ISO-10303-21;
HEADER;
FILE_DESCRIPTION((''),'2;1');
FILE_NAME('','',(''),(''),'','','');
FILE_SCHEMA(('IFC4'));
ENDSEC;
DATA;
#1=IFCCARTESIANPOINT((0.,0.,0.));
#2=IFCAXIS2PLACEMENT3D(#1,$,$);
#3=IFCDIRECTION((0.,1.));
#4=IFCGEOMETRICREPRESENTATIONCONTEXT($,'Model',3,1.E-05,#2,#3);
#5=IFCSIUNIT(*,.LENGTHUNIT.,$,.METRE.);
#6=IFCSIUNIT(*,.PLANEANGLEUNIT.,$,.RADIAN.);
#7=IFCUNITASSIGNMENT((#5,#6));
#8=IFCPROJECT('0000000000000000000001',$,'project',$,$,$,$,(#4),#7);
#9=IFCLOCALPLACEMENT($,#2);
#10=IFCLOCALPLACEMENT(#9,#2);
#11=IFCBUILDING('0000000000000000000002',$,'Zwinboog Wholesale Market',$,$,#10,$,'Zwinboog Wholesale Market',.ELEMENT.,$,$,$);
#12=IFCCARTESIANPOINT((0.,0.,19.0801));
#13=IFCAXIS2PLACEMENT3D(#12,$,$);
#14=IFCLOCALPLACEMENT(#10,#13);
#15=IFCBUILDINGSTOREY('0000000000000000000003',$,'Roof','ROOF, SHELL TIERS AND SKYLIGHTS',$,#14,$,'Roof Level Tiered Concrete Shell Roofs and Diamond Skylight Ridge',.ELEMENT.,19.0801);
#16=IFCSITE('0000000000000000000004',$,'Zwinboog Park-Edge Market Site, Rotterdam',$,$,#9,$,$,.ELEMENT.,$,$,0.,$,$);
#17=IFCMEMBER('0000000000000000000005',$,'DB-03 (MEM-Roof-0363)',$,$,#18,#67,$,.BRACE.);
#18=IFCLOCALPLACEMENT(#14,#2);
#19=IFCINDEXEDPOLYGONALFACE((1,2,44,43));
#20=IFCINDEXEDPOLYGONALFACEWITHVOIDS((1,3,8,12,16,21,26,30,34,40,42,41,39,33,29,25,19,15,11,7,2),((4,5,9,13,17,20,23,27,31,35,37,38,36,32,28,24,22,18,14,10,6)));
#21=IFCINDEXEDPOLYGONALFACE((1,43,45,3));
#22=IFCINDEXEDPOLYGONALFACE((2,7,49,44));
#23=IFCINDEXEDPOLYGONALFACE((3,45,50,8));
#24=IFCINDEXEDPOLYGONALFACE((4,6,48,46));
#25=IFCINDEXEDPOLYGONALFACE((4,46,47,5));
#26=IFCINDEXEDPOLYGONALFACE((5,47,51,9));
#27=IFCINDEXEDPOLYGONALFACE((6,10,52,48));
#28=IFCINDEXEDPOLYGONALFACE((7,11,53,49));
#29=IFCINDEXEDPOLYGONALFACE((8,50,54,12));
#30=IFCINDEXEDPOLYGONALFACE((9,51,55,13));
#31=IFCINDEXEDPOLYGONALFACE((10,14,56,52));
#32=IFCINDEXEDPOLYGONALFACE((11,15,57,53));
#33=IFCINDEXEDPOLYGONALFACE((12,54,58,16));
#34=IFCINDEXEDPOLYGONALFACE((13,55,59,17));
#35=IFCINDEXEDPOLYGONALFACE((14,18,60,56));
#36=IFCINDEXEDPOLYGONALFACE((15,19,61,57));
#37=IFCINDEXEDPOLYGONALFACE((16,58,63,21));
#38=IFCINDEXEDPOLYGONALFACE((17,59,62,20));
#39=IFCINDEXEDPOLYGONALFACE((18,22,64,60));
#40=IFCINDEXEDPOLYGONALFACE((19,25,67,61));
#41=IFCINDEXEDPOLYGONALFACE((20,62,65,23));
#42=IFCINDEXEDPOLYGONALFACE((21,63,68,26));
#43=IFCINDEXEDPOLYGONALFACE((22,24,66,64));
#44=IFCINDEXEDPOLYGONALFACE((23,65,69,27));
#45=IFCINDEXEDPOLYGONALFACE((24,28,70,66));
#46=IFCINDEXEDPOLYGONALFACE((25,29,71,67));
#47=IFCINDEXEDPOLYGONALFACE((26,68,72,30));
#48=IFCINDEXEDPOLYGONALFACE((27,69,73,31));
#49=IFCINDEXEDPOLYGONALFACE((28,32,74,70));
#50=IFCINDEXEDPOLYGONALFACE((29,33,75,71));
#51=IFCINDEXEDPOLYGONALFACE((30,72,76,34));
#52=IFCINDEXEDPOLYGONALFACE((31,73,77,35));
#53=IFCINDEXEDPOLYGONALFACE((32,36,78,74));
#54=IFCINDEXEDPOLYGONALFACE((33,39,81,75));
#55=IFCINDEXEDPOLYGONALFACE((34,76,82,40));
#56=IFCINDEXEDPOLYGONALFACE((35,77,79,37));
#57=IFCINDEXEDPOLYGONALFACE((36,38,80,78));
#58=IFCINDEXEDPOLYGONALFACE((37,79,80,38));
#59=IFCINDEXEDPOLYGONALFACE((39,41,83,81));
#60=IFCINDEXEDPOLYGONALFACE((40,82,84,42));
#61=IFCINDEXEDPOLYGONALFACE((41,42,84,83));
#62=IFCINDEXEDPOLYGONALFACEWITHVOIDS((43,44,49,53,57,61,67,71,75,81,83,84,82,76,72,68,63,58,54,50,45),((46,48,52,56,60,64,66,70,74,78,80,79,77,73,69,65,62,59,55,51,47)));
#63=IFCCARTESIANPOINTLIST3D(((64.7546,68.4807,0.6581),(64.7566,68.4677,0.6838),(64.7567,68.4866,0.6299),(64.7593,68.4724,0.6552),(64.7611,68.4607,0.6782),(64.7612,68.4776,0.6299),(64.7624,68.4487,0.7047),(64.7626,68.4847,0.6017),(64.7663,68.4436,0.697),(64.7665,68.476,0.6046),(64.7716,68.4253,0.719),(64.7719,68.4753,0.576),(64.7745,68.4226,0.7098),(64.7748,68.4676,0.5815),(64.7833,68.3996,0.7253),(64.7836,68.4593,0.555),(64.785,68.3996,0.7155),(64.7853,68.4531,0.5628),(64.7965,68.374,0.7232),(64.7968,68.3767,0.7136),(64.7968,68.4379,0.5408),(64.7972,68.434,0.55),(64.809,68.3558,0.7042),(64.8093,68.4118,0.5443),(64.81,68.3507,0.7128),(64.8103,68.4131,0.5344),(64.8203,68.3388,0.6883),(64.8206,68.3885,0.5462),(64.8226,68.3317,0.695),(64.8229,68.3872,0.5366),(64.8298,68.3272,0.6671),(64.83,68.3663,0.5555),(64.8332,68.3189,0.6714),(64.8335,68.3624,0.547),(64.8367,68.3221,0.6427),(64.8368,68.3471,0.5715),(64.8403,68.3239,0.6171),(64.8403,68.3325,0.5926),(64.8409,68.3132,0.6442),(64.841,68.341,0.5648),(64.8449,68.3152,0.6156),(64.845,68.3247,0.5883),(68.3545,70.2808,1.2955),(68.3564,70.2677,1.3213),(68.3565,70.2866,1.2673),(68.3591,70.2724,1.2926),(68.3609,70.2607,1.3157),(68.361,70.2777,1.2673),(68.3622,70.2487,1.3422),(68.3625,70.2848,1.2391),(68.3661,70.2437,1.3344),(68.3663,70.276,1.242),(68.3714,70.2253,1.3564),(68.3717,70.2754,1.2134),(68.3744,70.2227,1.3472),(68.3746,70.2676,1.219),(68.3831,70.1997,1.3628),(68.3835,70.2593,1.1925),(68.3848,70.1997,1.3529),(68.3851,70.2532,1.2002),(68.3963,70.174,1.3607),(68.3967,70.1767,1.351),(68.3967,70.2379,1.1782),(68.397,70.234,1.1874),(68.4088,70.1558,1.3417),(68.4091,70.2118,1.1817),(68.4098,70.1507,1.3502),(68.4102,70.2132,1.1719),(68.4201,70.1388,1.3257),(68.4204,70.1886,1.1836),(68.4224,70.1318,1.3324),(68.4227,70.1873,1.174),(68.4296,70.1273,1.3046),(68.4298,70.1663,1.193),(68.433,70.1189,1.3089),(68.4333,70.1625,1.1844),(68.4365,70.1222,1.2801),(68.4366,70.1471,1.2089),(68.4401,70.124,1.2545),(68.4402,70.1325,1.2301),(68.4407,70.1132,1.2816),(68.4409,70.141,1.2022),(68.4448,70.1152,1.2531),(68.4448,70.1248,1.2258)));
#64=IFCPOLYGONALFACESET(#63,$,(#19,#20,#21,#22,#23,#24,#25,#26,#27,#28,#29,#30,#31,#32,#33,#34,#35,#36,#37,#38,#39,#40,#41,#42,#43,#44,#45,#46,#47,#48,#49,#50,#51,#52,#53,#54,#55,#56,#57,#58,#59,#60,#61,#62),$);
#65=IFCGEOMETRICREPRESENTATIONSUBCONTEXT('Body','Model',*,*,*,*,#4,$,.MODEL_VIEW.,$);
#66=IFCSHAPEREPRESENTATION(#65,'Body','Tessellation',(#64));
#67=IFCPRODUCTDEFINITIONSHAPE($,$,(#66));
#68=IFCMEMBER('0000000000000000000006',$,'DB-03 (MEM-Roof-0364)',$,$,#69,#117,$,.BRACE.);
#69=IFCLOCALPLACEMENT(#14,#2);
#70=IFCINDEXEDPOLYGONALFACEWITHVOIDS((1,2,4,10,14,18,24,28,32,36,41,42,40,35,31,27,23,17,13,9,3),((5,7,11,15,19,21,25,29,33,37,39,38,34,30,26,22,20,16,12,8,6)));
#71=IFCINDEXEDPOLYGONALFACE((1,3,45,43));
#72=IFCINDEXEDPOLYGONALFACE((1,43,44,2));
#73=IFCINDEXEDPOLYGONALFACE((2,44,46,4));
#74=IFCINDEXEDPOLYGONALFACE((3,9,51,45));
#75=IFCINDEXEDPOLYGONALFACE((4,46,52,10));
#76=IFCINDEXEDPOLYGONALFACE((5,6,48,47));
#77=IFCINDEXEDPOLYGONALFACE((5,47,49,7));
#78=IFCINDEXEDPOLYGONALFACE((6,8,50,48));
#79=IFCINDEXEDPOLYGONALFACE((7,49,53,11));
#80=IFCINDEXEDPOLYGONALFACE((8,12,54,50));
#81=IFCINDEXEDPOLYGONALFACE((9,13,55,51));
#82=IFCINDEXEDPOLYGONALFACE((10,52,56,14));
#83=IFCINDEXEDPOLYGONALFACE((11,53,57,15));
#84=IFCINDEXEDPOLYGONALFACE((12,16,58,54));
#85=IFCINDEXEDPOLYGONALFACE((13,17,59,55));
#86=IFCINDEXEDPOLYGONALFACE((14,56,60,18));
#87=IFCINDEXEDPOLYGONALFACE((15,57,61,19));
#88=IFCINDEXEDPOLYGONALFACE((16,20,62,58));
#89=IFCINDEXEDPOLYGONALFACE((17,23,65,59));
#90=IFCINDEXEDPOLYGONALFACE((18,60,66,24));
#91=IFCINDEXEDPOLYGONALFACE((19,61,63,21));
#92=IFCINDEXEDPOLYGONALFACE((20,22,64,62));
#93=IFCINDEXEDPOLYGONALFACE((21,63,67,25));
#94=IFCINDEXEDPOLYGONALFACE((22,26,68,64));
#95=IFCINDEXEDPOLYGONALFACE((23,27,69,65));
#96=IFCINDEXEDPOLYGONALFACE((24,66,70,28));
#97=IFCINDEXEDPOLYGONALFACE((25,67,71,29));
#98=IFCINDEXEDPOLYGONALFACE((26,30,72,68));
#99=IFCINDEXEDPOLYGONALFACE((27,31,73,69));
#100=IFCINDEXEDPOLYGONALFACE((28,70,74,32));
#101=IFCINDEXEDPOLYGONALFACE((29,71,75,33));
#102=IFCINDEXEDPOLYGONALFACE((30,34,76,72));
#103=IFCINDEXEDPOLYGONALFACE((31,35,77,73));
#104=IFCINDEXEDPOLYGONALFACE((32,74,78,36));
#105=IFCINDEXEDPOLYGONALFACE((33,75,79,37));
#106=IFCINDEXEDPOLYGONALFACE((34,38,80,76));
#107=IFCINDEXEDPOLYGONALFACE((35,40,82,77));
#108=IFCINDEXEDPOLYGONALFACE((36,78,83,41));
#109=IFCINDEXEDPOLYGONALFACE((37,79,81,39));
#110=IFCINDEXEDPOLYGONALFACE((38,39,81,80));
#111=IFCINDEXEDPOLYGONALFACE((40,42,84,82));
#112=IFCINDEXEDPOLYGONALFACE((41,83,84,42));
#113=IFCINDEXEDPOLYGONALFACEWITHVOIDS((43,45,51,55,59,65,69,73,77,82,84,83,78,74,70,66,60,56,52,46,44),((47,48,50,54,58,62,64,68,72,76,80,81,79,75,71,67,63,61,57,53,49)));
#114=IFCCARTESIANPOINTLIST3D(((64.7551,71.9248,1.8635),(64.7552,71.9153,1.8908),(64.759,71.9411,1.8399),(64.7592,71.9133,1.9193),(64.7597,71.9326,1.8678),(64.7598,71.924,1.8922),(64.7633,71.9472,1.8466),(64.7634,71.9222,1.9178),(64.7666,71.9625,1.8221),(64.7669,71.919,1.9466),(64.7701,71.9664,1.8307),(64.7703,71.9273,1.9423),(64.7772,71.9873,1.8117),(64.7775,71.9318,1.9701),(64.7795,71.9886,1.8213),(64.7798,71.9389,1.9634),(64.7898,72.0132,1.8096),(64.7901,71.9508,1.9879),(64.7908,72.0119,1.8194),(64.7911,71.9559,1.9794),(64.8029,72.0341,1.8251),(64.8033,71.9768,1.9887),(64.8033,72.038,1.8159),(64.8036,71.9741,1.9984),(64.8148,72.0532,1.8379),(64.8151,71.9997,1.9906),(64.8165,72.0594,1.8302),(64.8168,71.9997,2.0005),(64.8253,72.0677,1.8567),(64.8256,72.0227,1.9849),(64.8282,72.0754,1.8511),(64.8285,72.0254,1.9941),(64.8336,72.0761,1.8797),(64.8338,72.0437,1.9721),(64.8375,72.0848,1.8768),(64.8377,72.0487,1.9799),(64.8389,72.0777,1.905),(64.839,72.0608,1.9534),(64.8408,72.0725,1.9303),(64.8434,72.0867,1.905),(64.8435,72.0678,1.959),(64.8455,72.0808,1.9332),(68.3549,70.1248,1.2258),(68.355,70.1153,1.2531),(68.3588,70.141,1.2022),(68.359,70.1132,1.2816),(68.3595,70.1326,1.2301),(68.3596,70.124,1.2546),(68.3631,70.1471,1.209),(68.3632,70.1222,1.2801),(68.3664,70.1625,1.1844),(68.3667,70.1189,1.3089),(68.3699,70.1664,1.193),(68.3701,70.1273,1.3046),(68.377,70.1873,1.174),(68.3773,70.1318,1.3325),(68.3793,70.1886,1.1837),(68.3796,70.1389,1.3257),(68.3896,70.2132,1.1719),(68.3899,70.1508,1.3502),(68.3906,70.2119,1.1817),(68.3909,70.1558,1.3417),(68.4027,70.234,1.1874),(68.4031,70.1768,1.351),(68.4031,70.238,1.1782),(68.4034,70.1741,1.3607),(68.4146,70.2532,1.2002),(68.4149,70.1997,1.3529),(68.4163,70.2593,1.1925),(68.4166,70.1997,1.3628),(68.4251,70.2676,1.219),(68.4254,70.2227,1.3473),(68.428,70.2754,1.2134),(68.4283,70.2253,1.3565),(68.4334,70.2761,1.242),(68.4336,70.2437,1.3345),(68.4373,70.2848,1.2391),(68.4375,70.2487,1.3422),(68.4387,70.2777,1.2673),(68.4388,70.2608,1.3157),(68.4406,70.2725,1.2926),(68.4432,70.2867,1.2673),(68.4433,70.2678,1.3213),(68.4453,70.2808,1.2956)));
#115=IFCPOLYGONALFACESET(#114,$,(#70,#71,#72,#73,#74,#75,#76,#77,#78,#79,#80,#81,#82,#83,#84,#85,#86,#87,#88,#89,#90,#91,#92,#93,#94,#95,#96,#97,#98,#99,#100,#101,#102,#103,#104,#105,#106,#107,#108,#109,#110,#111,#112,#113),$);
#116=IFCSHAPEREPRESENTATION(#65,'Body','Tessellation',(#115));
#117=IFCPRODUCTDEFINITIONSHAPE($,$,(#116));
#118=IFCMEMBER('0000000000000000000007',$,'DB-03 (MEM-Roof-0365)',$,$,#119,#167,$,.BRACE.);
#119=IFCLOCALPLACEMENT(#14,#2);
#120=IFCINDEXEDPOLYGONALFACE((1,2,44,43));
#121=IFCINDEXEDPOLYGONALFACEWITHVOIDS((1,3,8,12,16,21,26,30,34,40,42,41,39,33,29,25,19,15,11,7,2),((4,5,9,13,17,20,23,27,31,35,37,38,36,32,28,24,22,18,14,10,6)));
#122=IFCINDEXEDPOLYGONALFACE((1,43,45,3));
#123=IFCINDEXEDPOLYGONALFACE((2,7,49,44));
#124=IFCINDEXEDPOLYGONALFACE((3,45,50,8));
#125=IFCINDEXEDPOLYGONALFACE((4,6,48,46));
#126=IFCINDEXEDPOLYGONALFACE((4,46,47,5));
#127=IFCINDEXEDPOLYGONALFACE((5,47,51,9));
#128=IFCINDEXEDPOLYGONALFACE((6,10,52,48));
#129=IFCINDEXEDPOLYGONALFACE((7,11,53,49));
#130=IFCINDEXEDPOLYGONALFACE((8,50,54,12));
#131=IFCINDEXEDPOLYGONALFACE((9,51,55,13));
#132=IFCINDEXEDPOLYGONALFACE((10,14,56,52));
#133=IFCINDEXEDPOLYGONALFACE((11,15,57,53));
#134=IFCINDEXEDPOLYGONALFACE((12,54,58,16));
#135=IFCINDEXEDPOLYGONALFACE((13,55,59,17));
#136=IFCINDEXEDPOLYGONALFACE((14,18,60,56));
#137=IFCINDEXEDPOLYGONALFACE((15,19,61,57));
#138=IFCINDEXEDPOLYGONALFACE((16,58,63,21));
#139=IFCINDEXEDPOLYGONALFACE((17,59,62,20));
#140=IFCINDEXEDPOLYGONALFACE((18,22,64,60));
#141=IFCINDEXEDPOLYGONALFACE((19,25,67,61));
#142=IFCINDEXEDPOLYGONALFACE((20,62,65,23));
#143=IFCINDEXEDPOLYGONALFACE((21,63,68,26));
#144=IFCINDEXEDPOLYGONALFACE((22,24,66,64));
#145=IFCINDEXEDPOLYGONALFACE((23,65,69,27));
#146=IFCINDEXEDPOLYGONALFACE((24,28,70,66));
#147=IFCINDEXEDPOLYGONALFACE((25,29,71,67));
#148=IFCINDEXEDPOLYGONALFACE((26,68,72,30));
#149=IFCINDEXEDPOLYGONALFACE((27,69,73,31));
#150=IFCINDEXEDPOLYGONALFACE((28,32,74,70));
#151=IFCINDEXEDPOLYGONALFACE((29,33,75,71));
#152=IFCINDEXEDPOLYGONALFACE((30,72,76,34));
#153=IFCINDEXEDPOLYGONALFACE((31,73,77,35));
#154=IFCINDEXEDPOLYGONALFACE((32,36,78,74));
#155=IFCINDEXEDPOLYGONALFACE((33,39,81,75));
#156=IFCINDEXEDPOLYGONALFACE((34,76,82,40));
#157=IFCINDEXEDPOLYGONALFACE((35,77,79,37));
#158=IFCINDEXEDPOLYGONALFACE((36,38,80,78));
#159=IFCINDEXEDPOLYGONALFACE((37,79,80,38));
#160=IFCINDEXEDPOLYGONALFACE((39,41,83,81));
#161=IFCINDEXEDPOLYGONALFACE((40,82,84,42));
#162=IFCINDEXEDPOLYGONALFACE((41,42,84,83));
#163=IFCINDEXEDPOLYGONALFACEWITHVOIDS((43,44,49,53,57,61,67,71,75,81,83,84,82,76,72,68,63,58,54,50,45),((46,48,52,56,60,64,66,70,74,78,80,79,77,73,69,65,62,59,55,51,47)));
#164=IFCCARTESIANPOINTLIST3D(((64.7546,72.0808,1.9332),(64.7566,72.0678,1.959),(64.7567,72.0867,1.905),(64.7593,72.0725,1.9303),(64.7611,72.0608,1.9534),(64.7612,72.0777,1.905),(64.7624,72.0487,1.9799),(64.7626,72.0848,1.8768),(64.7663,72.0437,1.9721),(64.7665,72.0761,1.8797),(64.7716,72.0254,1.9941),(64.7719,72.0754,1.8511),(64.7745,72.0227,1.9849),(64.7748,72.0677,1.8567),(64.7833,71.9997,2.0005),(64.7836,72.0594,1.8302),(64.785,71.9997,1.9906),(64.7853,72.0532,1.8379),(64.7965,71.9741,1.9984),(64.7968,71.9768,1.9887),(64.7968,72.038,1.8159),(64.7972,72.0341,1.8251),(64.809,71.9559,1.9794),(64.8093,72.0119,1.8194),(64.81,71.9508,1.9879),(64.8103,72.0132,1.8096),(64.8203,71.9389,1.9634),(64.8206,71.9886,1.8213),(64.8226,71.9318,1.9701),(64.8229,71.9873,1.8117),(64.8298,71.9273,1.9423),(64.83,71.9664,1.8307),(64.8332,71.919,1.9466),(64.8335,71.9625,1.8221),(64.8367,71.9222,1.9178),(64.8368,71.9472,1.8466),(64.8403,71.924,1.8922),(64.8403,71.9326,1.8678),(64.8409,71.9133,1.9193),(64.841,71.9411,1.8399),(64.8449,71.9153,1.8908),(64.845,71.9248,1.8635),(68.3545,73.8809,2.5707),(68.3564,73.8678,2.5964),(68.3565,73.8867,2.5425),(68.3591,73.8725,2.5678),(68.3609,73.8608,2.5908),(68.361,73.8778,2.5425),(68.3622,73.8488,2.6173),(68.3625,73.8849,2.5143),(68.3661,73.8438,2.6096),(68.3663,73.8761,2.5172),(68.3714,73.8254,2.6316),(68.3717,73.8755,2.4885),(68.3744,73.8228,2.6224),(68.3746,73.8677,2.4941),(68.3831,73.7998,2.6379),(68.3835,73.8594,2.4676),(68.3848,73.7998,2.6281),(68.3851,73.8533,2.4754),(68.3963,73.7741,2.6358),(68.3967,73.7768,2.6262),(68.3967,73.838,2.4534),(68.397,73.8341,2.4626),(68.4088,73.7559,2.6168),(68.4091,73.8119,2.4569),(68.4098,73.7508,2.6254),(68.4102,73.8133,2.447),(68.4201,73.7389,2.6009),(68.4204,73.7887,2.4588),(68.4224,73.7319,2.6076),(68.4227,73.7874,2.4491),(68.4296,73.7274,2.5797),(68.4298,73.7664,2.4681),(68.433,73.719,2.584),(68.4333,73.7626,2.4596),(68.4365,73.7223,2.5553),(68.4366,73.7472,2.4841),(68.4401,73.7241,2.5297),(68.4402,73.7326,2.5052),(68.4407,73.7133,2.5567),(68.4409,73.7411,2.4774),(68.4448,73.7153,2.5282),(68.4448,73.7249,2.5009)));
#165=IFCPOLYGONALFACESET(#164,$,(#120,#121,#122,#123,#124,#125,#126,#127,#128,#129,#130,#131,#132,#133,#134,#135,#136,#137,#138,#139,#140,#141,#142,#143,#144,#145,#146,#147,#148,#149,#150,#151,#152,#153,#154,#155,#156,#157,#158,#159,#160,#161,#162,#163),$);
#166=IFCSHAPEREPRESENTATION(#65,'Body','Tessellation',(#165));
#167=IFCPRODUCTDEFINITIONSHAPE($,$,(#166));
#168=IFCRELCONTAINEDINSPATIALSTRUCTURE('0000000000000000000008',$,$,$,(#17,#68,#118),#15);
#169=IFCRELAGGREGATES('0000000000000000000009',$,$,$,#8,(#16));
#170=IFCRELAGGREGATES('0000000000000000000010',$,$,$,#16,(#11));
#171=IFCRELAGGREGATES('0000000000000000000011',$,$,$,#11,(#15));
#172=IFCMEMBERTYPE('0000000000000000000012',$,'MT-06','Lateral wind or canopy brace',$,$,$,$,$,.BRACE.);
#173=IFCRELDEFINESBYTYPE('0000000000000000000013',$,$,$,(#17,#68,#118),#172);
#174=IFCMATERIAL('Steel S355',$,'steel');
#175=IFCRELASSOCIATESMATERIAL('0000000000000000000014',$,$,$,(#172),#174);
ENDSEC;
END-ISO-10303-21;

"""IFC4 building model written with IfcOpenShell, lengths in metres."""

from ifc_helpers import new_model, si_unit, direction, frame, origin, origin_2d, place, context, subcontext, project, spatial, hollow_circle, extrude, material, material_profile, profile_set, type_object, element, save


model = new_model("IFC4")

# Units and contexts
model_context = context("Model", 3, precision=1e-05, world=origin(), true_north=direction((0.0, 1.0)))
body_context = subcontext(model_context, "Body", "Model", "MODEL_VIEW")
ifc_project = project(units=[si_unit("LENGTHUNIT", "METRE"), si_unit("PLANEANGLEUNIT", "RADIAN")], contexts=[model_context])

# Site, building, storey
site_placement = place(None, origin())
site = spatial("IfcSite", under=ifc_project, at=site_placement, Name="Zwinboog Park-Edge Market Site, Rotterdam", CompositionType="ELEMENT", RefElevation=0.0)
building_placement = place(site_placement, origin())
building = spatial("IfcBuilding", under=site, at=building_placement, Name="Zwinboog Wholesale Market", LongName="Zwinboog Wholesale Market", CompositionType="ELEMENT")
storey_placement = place(building_placement, frame((0.0, 0.0, 19.0801)))
storey = spatial("IfcBuildingStorey", under=building, at=storey_placement, Name="Roof", Description="ROOF, SHELL TIERS AND SKYLIGHTS", LongName="Roof Level Tiered Concrete Shell Roofs and Diamond Skylight Ridge", CompositionType="ELEMENT", Elevation=19.0801)

# Members
ifc_material_1 = material(Name="Steel S355", Category="steel")
ifc_material_profile_1 = material_profile(ifc_material_1, hollow_circle(Radius=0.0969, WallThickness=0.01, at=origin_2d()), Name="CHS 193.7x10")
ifc_profile_set_1 = profile_set([ifc_material_profile_1], Name="Steel S355")
member_type_1 = type_object("IfcMemberType", Name="MT-06", Description="Lateral wind or canopy brace", PredefinedType="BRACE", material=ifc_profile_set_1)
for number, where, z_axis, x_axis, name in (
    (1, (64.8, 68.3999, 0.6299), (0.883404, 0.441732, 0.15643), (-0.447238, 0.894415, 0.0), "DB-03 (MEM-Roof-0363)"),
    (2, (64.8, 72.0, 1.905), (0.883396, -0.441728, -0.156489), (0.447238, 0.894415, 0.0), "DB-03 (MEM-Roof-0364)"),
    (3, (64.8, 72.0, 1.905), (0.883404, 0.441732, 0.15643), (-0.447238, 0.894415, 0.0), "DB-03 (MEM-Roof-0365)"),
):
    element("IfcMember", number, at=place(storey_placement, frame(where, z_axis=z_axis, x_axis=x_axis)), inside=storey, type_object=member_type_1, Name=name, PredefinedType="BRACE", context=body_context, shape_type="SweptSolid", body=[
        extrude(hollow_circle(Radius=0.0969, WallThickness=0.01, at=origin_2d()), origin(), (0.0, 0.0, 1.0), 4.075),
    ])

save(model, "model.ifc")
